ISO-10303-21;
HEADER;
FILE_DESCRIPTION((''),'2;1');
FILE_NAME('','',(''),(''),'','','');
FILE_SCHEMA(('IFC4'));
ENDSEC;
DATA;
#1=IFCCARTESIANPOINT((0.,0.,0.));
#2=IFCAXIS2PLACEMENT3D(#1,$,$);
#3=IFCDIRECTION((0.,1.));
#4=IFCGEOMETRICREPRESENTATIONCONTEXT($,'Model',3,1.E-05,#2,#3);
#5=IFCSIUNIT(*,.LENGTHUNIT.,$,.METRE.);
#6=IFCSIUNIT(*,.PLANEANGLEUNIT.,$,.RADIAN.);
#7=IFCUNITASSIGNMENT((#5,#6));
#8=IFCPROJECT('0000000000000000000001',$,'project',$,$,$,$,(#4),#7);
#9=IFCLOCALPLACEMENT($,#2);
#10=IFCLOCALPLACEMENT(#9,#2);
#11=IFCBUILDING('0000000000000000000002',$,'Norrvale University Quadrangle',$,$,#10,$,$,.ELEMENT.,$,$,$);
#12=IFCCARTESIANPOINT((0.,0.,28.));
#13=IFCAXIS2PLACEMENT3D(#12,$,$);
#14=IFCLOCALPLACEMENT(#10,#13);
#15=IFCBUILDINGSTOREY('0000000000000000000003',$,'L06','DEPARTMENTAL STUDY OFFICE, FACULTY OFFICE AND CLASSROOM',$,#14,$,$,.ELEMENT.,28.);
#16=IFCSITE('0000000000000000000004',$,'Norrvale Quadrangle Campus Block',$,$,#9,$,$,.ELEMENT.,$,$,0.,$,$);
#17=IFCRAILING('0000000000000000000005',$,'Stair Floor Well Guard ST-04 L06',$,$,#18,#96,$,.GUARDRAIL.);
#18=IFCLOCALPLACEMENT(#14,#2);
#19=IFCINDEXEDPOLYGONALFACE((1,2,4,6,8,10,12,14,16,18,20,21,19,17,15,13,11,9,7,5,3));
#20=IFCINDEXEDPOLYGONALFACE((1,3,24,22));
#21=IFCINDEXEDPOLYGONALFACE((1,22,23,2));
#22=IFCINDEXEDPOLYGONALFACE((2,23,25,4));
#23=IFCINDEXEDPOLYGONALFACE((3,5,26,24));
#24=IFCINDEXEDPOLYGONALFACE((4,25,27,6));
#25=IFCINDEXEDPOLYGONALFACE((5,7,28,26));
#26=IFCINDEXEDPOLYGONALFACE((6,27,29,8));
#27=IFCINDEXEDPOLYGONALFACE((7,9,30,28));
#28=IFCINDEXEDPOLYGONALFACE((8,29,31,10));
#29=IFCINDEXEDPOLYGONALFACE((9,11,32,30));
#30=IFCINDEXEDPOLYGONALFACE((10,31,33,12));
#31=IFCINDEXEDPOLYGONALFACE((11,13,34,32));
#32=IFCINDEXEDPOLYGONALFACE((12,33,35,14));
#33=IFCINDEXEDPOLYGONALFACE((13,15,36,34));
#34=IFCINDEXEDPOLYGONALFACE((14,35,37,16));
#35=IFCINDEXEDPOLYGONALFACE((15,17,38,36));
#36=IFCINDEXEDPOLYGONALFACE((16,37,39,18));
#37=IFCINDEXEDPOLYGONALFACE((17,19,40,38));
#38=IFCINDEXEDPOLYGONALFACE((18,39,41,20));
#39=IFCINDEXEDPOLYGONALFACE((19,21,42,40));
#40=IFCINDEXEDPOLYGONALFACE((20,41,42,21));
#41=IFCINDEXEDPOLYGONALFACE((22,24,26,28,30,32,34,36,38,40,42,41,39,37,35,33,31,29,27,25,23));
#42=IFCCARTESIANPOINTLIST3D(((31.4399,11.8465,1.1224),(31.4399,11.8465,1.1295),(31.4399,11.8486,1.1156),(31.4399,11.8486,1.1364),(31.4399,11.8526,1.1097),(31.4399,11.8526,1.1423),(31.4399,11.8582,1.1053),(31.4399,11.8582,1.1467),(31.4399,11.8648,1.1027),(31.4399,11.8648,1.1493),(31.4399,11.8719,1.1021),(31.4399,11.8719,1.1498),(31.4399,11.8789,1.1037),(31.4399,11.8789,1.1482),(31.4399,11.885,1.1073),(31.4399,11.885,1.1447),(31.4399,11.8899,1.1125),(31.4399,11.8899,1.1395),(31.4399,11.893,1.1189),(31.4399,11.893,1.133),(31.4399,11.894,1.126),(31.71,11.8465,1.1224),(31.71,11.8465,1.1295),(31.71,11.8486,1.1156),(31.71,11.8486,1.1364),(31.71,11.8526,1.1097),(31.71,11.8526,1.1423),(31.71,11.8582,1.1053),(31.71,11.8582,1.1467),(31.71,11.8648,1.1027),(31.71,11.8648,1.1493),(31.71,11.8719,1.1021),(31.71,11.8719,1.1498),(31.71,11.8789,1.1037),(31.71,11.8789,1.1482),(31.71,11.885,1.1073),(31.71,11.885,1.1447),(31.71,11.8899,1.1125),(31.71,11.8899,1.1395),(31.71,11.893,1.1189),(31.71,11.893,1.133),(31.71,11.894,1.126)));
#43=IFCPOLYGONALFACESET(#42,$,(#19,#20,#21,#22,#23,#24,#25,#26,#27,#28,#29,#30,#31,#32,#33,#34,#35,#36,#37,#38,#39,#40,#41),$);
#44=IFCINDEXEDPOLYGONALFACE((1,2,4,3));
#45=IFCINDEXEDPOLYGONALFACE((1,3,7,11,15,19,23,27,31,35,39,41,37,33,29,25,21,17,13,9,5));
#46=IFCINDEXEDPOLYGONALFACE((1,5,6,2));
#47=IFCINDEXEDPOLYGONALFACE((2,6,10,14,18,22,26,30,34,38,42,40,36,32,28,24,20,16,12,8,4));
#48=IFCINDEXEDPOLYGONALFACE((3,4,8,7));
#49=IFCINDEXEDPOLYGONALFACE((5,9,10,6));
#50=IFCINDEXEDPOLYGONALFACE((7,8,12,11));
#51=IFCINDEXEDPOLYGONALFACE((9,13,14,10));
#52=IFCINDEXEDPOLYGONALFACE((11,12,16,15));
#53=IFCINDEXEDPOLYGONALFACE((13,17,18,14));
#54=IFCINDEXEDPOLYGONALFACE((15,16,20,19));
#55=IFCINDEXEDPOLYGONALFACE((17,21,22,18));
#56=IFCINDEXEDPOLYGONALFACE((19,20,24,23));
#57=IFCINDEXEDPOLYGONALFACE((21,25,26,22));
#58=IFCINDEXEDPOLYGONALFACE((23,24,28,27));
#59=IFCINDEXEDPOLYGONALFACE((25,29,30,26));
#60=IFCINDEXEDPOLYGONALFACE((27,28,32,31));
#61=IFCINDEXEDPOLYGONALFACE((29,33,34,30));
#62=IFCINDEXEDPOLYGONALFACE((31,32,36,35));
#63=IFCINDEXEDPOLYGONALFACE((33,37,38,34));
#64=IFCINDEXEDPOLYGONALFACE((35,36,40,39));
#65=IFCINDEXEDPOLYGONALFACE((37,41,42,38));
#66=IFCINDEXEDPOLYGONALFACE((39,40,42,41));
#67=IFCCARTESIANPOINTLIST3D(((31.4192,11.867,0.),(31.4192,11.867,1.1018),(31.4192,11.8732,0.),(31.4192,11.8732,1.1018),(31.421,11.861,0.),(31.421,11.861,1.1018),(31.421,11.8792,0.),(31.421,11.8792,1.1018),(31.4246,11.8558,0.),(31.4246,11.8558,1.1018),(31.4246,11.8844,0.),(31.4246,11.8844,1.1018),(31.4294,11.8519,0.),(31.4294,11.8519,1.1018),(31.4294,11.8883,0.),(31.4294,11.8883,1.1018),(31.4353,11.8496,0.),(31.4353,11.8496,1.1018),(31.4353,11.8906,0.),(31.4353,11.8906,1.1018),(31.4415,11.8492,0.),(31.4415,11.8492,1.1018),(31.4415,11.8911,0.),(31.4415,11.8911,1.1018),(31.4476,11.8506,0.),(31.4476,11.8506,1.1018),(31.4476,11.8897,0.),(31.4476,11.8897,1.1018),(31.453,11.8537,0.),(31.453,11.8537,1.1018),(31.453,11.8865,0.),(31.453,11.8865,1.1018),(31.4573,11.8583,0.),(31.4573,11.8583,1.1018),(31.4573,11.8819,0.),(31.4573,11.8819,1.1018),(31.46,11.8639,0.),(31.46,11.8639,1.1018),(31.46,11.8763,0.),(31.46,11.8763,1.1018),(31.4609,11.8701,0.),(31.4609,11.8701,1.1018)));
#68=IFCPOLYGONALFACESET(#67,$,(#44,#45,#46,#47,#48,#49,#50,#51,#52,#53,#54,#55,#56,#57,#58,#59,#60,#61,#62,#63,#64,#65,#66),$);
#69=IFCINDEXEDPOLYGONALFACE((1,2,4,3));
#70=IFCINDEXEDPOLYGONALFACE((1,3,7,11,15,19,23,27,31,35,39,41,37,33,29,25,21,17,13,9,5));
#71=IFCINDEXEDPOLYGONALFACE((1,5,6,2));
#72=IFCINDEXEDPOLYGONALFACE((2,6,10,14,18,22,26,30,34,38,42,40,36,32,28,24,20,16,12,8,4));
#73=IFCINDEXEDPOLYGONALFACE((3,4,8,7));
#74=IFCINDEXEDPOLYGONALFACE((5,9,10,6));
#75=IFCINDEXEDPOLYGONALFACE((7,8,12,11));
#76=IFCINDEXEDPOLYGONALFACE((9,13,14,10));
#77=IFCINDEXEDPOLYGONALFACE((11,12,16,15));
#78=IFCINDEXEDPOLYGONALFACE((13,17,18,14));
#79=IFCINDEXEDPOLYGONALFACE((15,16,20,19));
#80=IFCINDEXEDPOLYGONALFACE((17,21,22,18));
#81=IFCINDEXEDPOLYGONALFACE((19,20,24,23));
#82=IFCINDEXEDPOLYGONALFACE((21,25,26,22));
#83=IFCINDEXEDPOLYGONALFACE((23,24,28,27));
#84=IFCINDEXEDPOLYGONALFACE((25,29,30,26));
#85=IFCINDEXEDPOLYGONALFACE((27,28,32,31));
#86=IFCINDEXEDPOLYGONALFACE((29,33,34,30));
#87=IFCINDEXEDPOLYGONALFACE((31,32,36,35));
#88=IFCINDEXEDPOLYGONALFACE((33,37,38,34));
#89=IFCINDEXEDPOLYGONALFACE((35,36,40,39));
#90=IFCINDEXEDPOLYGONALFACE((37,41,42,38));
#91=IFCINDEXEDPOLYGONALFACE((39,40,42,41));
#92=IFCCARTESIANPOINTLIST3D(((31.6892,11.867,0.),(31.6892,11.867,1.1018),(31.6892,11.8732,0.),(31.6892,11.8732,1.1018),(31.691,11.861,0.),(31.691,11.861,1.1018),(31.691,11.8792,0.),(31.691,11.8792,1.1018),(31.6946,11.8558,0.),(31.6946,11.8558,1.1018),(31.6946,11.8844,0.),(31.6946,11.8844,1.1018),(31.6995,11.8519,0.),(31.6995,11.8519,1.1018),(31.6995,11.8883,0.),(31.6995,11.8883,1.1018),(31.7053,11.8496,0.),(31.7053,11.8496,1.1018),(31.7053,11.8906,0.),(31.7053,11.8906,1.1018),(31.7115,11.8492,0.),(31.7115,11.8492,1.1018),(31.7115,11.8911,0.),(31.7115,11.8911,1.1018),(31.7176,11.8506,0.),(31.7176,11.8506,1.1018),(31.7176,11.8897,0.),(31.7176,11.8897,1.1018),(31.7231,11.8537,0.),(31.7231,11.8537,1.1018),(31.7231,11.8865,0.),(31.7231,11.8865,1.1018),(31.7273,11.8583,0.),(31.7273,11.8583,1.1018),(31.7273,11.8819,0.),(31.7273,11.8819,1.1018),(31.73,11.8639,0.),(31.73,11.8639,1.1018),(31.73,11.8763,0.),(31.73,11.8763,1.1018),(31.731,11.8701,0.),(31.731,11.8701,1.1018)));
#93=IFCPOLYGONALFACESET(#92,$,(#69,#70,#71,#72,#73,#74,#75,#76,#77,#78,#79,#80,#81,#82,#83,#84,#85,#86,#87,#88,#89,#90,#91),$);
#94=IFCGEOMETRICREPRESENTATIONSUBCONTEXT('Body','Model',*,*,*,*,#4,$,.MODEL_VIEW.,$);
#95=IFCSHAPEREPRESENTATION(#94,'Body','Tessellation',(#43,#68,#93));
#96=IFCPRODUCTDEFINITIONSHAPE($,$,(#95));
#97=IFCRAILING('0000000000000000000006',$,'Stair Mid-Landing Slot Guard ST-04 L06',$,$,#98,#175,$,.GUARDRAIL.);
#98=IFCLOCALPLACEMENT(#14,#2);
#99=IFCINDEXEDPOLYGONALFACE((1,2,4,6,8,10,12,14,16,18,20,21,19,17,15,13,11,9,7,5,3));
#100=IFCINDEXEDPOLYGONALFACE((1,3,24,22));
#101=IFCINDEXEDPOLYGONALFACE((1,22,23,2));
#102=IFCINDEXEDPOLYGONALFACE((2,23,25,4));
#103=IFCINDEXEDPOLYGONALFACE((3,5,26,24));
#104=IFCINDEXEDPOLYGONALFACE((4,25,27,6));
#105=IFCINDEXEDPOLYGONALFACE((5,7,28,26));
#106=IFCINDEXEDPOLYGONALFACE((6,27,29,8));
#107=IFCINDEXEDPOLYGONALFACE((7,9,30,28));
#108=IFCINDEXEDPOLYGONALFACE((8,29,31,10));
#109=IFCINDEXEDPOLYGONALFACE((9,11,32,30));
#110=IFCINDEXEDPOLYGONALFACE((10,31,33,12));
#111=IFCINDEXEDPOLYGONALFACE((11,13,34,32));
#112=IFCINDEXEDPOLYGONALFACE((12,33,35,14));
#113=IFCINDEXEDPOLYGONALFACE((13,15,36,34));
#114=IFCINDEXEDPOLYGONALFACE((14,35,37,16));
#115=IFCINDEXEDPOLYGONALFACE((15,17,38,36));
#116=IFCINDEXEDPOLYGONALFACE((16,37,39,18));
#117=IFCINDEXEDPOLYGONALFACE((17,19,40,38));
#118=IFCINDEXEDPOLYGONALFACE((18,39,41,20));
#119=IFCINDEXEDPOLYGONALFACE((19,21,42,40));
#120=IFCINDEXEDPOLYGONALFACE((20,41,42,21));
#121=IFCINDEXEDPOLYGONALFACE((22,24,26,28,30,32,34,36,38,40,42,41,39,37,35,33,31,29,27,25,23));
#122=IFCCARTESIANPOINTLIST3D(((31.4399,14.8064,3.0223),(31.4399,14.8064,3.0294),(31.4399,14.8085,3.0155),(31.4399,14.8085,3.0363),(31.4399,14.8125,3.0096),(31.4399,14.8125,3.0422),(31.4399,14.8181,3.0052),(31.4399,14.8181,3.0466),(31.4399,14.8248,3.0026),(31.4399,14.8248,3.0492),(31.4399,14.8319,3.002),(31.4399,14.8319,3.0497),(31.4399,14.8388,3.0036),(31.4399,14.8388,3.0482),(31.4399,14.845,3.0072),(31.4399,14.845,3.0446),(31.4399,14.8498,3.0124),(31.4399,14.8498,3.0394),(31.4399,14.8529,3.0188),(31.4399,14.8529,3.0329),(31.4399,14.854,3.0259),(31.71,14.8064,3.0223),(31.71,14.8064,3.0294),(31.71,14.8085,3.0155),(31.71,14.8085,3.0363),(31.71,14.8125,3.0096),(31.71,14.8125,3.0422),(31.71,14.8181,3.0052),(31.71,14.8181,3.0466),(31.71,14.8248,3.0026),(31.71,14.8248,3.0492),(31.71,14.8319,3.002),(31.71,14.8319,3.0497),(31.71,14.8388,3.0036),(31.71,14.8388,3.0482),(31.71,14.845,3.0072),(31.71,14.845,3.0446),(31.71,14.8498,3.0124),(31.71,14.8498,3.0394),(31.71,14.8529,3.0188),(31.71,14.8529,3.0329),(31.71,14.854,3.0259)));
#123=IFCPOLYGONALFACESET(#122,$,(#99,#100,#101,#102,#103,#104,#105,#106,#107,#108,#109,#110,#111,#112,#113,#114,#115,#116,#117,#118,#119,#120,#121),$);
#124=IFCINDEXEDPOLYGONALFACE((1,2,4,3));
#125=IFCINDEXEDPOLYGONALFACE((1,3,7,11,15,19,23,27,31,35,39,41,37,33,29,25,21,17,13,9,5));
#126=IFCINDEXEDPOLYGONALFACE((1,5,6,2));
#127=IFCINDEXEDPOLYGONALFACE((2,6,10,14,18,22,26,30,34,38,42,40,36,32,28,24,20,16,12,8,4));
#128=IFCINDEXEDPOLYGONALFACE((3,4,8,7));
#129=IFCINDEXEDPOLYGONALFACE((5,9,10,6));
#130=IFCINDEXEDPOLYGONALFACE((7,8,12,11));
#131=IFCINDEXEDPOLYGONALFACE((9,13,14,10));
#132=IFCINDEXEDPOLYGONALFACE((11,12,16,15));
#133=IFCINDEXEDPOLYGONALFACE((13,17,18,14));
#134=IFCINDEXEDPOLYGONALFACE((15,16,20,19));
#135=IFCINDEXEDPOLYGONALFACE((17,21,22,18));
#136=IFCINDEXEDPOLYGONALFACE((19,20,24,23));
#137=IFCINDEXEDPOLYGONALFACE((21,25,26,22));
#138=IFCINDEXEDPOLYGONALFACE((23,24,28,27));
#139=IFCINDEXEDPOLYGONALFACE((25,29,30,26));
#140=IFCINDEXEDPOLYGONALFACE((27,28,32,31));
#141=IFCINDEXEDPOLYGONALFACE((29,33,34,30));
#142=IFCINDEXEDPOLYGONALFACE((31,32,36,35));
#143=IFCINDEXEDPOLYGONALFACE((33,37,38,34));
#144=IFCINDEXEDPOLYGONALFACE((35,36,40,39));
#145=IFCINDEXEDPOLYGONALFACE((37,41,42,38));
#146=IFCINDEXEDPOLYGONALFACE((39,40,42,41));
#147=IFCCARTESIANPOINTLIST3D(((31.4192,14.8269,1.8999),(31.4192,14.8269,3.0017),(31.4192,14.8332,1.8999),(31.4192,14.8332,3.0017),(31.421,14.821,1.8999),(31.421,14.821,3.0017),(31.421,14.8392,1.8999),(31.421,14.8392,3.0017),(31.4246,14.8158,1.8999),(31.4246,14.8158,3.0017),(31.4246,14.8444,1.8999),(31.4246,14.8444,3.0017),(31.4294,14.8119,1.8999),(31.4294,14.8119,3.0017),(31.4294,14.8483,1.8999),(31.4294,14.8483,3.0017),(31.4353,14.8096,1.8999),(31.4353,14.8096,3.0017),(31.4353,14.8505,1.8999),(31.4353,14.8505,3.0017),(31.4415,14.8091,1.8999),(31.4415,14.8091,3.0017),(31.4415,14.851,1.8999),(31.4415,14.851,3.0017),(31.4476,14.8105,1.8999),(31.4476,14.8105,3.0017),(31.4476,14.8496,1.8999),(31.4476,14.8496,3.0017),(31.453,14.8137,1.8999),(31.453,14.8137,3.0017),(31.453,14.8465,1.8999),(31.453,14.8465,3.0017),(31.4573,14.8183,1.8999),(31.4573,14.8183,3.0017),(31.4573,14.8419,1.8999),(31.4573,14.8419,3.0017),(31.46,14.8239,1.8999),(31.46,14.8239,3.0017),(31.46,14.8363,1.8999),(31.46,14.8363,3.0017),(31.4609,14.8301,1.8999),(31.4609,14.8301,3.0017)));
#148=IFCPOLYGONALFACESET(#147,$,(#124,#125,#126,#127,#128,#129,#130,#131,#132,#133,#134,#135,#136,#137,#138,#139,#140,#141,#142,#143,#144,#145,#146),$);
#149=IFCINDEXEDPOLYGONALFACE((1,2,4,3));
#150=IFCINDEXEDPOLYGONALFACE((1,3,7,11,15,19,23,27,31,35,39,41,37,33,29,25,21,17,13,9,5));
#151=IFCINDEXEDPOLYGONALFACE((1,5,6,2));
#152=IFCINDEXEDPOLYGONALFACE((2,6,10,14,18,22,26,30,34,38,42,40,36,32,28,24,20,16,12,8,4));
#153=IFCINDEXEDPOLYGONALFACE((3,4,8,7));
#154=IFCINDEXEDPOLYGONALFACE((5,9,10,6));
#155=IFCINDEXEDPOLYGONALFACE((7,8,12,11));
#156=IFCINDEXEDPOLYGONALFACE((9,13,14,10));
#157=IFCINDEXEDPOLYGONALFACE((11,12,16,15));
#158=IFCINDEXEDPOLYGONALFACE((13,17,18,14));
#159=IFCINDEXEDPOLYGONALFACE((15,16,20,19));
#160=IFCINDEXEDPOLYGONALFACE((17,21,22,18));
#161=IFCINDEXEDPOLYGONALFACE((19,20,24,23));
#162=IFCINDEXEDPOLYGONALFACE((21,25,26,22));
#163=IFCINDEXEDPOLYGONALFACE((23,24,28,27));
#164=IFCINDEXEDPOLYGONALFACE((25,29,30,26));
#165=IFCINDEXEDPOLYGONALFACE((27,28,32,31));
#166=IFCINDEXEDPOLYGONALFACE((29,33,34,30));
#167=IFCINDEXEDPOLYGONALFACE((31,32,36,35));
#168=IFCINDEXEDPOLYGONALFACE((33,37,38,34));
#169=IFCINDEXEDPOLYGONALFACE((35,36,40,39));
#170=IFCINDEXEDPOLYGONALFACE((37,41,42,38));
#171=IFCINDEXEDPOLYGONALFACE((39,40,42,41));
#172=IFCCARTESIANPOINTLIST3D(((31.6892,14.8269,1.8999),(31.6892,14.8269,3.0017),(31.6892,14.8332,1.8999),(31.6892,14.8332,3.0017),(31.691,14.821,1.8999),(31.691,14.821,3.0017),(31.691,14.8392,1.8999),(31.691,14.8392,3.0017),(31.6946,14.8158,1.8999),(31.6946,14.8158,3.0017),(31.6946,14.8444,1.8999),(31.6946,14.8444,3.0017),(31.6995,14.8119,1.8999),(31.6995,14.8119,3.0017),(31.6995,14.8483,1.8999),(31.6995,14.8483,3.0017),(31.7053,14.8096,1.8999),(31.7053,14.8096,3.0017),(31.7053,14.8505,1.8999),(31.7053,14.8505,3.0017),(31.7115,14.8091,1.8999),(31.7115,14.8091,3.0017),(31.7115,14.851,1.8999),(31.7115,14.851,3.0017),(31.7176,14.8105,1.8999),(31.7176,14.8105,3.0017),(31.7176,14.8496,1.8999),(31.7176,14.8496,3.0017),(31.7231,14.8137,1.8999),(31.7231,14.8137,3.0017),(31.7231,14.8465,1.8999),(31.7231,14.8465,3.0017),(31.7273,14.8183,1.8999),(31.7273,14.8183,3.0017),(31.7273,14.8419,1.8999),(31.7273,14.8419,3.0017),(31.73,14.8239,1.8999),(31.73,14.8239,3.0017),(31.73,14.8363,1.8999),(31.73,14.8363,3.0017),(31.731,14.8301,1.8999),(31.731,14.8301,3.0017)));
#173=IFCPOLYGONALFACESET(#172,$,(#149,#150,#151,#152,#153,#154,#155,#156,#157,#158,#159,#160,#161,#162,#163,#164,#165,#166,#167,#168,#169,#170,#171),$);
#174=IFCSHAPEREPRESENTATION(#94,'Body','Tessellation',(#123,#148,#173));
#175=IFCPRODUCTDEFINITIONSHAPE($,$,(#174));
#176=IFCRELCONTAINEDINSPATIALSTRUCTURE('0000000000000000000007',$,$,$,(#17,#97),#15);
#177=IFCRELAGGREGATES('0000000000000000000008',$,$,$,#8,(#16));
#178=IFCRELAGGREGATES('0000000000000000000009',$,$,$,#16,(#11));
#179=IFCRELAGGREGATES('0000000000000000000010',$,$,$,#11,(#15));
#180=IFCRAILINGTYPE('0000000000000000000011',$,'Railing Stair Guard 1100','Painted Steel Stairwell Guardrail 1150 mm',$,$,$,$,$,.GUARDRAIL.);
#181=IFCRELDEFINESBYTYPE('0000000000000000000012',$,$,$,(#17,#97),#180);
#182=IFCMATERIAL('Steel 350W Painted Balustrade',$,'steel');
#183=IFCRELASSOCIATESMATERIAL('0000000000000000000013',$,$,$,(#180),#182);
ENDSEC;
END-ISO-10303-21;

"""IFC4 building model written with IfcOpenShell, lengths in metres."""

from ifc_helpers import new_model, si_unit, direction, frame, origin, origin_2d, place, context, subcontext, project, spatial, circle, extrude, material, type_object, element, save


model = new_model("IFC4")

# Units and contexts
model_context = context("Model", 3, precision=1e-05, world=origin(), true_north=direction((0.0, 1.0)))
body_context = subcontext(model_context, "Body", "Model", "MODEL_VIEW")
ifc_project = project(units=[si_unit("LENGTHUNIT", "METRE"), si_unit("PLANEANGLEUNIT", "RADIAN")], contexts=[model_context])

# Site, building, storey
site_placement = place(None, origin())
site = spatial("IfcSite", under=ifc_project, at=site_placement, Name="Norrvale Quadrangle Campus Block", CompositionType="ELEMENT", RefElevation=0.0)
building_placement = place(site_placement, origin())
building = spatial("IfcBuilding", under=site, at=building_placement, Name="Norrvale University Quadrangle", CompositionType="ELEMENT")
storey_placement = place(building_placement, frame((0.0, 0.0, 28.0)))
storey = spatial("IfcBuildingStorey", under=building, at=storey_placement, Name="L06", Description="DEPARTMENTAL STUDY OFFICE, FACULTY OFFICE AND CLASSROOM", CompositionType="ELEMENT", Elevation=28.0)

# Railings
ifc_material_1 = material(Name="Steel 350W Painted Balustrade", Category="steel")
railing_type_1 = type_object("IfcRailingType", Name="Railing Stair Guard 1100", Description="Painted Steel Stairwell Guardrail 1150 mm", PredefinedType="GUARDRAIL", material=ifc_material_1)
for number, where, name in (
    (1, (31.4399, 11.8701, 0.0), "Stair Floor Well Guard ST-04 L06"),
    (2, (31.4399, 14.8301, 1.8999), "Stair Mid-Landing Slot Guard ST-04 L06"),
):
    element("IfcRailing", number, at=place(storey_placement, frame(where)), inside=storey, type_object=railing_type_1, Name=name, PredefinedType="GUARDRAIL", context=body_context, shape_type="SweptSolid", body=[
        extrude(circle(Radius=0.0239, at=origin_2d()), frame((0.0, 0.0, 1.126), z_axis=(1.0, 0.0, 0.0), x_axis=(0.0, 1.0, 0.0)), (0.0, 0.0, 1.0), 0.27),
        extrude(circle(Radius=0.021, at=origin_2d()), origin(), (0.0, 0.0, 1.0), 1.1018),
        extrude(circle(Radius=0.021, at=origin_2d()), frame((0.27, 0.0, 0.0)), (0.0, 0.0, 1.0), 1.1018),
    ])

save(model, "model.ifc")
